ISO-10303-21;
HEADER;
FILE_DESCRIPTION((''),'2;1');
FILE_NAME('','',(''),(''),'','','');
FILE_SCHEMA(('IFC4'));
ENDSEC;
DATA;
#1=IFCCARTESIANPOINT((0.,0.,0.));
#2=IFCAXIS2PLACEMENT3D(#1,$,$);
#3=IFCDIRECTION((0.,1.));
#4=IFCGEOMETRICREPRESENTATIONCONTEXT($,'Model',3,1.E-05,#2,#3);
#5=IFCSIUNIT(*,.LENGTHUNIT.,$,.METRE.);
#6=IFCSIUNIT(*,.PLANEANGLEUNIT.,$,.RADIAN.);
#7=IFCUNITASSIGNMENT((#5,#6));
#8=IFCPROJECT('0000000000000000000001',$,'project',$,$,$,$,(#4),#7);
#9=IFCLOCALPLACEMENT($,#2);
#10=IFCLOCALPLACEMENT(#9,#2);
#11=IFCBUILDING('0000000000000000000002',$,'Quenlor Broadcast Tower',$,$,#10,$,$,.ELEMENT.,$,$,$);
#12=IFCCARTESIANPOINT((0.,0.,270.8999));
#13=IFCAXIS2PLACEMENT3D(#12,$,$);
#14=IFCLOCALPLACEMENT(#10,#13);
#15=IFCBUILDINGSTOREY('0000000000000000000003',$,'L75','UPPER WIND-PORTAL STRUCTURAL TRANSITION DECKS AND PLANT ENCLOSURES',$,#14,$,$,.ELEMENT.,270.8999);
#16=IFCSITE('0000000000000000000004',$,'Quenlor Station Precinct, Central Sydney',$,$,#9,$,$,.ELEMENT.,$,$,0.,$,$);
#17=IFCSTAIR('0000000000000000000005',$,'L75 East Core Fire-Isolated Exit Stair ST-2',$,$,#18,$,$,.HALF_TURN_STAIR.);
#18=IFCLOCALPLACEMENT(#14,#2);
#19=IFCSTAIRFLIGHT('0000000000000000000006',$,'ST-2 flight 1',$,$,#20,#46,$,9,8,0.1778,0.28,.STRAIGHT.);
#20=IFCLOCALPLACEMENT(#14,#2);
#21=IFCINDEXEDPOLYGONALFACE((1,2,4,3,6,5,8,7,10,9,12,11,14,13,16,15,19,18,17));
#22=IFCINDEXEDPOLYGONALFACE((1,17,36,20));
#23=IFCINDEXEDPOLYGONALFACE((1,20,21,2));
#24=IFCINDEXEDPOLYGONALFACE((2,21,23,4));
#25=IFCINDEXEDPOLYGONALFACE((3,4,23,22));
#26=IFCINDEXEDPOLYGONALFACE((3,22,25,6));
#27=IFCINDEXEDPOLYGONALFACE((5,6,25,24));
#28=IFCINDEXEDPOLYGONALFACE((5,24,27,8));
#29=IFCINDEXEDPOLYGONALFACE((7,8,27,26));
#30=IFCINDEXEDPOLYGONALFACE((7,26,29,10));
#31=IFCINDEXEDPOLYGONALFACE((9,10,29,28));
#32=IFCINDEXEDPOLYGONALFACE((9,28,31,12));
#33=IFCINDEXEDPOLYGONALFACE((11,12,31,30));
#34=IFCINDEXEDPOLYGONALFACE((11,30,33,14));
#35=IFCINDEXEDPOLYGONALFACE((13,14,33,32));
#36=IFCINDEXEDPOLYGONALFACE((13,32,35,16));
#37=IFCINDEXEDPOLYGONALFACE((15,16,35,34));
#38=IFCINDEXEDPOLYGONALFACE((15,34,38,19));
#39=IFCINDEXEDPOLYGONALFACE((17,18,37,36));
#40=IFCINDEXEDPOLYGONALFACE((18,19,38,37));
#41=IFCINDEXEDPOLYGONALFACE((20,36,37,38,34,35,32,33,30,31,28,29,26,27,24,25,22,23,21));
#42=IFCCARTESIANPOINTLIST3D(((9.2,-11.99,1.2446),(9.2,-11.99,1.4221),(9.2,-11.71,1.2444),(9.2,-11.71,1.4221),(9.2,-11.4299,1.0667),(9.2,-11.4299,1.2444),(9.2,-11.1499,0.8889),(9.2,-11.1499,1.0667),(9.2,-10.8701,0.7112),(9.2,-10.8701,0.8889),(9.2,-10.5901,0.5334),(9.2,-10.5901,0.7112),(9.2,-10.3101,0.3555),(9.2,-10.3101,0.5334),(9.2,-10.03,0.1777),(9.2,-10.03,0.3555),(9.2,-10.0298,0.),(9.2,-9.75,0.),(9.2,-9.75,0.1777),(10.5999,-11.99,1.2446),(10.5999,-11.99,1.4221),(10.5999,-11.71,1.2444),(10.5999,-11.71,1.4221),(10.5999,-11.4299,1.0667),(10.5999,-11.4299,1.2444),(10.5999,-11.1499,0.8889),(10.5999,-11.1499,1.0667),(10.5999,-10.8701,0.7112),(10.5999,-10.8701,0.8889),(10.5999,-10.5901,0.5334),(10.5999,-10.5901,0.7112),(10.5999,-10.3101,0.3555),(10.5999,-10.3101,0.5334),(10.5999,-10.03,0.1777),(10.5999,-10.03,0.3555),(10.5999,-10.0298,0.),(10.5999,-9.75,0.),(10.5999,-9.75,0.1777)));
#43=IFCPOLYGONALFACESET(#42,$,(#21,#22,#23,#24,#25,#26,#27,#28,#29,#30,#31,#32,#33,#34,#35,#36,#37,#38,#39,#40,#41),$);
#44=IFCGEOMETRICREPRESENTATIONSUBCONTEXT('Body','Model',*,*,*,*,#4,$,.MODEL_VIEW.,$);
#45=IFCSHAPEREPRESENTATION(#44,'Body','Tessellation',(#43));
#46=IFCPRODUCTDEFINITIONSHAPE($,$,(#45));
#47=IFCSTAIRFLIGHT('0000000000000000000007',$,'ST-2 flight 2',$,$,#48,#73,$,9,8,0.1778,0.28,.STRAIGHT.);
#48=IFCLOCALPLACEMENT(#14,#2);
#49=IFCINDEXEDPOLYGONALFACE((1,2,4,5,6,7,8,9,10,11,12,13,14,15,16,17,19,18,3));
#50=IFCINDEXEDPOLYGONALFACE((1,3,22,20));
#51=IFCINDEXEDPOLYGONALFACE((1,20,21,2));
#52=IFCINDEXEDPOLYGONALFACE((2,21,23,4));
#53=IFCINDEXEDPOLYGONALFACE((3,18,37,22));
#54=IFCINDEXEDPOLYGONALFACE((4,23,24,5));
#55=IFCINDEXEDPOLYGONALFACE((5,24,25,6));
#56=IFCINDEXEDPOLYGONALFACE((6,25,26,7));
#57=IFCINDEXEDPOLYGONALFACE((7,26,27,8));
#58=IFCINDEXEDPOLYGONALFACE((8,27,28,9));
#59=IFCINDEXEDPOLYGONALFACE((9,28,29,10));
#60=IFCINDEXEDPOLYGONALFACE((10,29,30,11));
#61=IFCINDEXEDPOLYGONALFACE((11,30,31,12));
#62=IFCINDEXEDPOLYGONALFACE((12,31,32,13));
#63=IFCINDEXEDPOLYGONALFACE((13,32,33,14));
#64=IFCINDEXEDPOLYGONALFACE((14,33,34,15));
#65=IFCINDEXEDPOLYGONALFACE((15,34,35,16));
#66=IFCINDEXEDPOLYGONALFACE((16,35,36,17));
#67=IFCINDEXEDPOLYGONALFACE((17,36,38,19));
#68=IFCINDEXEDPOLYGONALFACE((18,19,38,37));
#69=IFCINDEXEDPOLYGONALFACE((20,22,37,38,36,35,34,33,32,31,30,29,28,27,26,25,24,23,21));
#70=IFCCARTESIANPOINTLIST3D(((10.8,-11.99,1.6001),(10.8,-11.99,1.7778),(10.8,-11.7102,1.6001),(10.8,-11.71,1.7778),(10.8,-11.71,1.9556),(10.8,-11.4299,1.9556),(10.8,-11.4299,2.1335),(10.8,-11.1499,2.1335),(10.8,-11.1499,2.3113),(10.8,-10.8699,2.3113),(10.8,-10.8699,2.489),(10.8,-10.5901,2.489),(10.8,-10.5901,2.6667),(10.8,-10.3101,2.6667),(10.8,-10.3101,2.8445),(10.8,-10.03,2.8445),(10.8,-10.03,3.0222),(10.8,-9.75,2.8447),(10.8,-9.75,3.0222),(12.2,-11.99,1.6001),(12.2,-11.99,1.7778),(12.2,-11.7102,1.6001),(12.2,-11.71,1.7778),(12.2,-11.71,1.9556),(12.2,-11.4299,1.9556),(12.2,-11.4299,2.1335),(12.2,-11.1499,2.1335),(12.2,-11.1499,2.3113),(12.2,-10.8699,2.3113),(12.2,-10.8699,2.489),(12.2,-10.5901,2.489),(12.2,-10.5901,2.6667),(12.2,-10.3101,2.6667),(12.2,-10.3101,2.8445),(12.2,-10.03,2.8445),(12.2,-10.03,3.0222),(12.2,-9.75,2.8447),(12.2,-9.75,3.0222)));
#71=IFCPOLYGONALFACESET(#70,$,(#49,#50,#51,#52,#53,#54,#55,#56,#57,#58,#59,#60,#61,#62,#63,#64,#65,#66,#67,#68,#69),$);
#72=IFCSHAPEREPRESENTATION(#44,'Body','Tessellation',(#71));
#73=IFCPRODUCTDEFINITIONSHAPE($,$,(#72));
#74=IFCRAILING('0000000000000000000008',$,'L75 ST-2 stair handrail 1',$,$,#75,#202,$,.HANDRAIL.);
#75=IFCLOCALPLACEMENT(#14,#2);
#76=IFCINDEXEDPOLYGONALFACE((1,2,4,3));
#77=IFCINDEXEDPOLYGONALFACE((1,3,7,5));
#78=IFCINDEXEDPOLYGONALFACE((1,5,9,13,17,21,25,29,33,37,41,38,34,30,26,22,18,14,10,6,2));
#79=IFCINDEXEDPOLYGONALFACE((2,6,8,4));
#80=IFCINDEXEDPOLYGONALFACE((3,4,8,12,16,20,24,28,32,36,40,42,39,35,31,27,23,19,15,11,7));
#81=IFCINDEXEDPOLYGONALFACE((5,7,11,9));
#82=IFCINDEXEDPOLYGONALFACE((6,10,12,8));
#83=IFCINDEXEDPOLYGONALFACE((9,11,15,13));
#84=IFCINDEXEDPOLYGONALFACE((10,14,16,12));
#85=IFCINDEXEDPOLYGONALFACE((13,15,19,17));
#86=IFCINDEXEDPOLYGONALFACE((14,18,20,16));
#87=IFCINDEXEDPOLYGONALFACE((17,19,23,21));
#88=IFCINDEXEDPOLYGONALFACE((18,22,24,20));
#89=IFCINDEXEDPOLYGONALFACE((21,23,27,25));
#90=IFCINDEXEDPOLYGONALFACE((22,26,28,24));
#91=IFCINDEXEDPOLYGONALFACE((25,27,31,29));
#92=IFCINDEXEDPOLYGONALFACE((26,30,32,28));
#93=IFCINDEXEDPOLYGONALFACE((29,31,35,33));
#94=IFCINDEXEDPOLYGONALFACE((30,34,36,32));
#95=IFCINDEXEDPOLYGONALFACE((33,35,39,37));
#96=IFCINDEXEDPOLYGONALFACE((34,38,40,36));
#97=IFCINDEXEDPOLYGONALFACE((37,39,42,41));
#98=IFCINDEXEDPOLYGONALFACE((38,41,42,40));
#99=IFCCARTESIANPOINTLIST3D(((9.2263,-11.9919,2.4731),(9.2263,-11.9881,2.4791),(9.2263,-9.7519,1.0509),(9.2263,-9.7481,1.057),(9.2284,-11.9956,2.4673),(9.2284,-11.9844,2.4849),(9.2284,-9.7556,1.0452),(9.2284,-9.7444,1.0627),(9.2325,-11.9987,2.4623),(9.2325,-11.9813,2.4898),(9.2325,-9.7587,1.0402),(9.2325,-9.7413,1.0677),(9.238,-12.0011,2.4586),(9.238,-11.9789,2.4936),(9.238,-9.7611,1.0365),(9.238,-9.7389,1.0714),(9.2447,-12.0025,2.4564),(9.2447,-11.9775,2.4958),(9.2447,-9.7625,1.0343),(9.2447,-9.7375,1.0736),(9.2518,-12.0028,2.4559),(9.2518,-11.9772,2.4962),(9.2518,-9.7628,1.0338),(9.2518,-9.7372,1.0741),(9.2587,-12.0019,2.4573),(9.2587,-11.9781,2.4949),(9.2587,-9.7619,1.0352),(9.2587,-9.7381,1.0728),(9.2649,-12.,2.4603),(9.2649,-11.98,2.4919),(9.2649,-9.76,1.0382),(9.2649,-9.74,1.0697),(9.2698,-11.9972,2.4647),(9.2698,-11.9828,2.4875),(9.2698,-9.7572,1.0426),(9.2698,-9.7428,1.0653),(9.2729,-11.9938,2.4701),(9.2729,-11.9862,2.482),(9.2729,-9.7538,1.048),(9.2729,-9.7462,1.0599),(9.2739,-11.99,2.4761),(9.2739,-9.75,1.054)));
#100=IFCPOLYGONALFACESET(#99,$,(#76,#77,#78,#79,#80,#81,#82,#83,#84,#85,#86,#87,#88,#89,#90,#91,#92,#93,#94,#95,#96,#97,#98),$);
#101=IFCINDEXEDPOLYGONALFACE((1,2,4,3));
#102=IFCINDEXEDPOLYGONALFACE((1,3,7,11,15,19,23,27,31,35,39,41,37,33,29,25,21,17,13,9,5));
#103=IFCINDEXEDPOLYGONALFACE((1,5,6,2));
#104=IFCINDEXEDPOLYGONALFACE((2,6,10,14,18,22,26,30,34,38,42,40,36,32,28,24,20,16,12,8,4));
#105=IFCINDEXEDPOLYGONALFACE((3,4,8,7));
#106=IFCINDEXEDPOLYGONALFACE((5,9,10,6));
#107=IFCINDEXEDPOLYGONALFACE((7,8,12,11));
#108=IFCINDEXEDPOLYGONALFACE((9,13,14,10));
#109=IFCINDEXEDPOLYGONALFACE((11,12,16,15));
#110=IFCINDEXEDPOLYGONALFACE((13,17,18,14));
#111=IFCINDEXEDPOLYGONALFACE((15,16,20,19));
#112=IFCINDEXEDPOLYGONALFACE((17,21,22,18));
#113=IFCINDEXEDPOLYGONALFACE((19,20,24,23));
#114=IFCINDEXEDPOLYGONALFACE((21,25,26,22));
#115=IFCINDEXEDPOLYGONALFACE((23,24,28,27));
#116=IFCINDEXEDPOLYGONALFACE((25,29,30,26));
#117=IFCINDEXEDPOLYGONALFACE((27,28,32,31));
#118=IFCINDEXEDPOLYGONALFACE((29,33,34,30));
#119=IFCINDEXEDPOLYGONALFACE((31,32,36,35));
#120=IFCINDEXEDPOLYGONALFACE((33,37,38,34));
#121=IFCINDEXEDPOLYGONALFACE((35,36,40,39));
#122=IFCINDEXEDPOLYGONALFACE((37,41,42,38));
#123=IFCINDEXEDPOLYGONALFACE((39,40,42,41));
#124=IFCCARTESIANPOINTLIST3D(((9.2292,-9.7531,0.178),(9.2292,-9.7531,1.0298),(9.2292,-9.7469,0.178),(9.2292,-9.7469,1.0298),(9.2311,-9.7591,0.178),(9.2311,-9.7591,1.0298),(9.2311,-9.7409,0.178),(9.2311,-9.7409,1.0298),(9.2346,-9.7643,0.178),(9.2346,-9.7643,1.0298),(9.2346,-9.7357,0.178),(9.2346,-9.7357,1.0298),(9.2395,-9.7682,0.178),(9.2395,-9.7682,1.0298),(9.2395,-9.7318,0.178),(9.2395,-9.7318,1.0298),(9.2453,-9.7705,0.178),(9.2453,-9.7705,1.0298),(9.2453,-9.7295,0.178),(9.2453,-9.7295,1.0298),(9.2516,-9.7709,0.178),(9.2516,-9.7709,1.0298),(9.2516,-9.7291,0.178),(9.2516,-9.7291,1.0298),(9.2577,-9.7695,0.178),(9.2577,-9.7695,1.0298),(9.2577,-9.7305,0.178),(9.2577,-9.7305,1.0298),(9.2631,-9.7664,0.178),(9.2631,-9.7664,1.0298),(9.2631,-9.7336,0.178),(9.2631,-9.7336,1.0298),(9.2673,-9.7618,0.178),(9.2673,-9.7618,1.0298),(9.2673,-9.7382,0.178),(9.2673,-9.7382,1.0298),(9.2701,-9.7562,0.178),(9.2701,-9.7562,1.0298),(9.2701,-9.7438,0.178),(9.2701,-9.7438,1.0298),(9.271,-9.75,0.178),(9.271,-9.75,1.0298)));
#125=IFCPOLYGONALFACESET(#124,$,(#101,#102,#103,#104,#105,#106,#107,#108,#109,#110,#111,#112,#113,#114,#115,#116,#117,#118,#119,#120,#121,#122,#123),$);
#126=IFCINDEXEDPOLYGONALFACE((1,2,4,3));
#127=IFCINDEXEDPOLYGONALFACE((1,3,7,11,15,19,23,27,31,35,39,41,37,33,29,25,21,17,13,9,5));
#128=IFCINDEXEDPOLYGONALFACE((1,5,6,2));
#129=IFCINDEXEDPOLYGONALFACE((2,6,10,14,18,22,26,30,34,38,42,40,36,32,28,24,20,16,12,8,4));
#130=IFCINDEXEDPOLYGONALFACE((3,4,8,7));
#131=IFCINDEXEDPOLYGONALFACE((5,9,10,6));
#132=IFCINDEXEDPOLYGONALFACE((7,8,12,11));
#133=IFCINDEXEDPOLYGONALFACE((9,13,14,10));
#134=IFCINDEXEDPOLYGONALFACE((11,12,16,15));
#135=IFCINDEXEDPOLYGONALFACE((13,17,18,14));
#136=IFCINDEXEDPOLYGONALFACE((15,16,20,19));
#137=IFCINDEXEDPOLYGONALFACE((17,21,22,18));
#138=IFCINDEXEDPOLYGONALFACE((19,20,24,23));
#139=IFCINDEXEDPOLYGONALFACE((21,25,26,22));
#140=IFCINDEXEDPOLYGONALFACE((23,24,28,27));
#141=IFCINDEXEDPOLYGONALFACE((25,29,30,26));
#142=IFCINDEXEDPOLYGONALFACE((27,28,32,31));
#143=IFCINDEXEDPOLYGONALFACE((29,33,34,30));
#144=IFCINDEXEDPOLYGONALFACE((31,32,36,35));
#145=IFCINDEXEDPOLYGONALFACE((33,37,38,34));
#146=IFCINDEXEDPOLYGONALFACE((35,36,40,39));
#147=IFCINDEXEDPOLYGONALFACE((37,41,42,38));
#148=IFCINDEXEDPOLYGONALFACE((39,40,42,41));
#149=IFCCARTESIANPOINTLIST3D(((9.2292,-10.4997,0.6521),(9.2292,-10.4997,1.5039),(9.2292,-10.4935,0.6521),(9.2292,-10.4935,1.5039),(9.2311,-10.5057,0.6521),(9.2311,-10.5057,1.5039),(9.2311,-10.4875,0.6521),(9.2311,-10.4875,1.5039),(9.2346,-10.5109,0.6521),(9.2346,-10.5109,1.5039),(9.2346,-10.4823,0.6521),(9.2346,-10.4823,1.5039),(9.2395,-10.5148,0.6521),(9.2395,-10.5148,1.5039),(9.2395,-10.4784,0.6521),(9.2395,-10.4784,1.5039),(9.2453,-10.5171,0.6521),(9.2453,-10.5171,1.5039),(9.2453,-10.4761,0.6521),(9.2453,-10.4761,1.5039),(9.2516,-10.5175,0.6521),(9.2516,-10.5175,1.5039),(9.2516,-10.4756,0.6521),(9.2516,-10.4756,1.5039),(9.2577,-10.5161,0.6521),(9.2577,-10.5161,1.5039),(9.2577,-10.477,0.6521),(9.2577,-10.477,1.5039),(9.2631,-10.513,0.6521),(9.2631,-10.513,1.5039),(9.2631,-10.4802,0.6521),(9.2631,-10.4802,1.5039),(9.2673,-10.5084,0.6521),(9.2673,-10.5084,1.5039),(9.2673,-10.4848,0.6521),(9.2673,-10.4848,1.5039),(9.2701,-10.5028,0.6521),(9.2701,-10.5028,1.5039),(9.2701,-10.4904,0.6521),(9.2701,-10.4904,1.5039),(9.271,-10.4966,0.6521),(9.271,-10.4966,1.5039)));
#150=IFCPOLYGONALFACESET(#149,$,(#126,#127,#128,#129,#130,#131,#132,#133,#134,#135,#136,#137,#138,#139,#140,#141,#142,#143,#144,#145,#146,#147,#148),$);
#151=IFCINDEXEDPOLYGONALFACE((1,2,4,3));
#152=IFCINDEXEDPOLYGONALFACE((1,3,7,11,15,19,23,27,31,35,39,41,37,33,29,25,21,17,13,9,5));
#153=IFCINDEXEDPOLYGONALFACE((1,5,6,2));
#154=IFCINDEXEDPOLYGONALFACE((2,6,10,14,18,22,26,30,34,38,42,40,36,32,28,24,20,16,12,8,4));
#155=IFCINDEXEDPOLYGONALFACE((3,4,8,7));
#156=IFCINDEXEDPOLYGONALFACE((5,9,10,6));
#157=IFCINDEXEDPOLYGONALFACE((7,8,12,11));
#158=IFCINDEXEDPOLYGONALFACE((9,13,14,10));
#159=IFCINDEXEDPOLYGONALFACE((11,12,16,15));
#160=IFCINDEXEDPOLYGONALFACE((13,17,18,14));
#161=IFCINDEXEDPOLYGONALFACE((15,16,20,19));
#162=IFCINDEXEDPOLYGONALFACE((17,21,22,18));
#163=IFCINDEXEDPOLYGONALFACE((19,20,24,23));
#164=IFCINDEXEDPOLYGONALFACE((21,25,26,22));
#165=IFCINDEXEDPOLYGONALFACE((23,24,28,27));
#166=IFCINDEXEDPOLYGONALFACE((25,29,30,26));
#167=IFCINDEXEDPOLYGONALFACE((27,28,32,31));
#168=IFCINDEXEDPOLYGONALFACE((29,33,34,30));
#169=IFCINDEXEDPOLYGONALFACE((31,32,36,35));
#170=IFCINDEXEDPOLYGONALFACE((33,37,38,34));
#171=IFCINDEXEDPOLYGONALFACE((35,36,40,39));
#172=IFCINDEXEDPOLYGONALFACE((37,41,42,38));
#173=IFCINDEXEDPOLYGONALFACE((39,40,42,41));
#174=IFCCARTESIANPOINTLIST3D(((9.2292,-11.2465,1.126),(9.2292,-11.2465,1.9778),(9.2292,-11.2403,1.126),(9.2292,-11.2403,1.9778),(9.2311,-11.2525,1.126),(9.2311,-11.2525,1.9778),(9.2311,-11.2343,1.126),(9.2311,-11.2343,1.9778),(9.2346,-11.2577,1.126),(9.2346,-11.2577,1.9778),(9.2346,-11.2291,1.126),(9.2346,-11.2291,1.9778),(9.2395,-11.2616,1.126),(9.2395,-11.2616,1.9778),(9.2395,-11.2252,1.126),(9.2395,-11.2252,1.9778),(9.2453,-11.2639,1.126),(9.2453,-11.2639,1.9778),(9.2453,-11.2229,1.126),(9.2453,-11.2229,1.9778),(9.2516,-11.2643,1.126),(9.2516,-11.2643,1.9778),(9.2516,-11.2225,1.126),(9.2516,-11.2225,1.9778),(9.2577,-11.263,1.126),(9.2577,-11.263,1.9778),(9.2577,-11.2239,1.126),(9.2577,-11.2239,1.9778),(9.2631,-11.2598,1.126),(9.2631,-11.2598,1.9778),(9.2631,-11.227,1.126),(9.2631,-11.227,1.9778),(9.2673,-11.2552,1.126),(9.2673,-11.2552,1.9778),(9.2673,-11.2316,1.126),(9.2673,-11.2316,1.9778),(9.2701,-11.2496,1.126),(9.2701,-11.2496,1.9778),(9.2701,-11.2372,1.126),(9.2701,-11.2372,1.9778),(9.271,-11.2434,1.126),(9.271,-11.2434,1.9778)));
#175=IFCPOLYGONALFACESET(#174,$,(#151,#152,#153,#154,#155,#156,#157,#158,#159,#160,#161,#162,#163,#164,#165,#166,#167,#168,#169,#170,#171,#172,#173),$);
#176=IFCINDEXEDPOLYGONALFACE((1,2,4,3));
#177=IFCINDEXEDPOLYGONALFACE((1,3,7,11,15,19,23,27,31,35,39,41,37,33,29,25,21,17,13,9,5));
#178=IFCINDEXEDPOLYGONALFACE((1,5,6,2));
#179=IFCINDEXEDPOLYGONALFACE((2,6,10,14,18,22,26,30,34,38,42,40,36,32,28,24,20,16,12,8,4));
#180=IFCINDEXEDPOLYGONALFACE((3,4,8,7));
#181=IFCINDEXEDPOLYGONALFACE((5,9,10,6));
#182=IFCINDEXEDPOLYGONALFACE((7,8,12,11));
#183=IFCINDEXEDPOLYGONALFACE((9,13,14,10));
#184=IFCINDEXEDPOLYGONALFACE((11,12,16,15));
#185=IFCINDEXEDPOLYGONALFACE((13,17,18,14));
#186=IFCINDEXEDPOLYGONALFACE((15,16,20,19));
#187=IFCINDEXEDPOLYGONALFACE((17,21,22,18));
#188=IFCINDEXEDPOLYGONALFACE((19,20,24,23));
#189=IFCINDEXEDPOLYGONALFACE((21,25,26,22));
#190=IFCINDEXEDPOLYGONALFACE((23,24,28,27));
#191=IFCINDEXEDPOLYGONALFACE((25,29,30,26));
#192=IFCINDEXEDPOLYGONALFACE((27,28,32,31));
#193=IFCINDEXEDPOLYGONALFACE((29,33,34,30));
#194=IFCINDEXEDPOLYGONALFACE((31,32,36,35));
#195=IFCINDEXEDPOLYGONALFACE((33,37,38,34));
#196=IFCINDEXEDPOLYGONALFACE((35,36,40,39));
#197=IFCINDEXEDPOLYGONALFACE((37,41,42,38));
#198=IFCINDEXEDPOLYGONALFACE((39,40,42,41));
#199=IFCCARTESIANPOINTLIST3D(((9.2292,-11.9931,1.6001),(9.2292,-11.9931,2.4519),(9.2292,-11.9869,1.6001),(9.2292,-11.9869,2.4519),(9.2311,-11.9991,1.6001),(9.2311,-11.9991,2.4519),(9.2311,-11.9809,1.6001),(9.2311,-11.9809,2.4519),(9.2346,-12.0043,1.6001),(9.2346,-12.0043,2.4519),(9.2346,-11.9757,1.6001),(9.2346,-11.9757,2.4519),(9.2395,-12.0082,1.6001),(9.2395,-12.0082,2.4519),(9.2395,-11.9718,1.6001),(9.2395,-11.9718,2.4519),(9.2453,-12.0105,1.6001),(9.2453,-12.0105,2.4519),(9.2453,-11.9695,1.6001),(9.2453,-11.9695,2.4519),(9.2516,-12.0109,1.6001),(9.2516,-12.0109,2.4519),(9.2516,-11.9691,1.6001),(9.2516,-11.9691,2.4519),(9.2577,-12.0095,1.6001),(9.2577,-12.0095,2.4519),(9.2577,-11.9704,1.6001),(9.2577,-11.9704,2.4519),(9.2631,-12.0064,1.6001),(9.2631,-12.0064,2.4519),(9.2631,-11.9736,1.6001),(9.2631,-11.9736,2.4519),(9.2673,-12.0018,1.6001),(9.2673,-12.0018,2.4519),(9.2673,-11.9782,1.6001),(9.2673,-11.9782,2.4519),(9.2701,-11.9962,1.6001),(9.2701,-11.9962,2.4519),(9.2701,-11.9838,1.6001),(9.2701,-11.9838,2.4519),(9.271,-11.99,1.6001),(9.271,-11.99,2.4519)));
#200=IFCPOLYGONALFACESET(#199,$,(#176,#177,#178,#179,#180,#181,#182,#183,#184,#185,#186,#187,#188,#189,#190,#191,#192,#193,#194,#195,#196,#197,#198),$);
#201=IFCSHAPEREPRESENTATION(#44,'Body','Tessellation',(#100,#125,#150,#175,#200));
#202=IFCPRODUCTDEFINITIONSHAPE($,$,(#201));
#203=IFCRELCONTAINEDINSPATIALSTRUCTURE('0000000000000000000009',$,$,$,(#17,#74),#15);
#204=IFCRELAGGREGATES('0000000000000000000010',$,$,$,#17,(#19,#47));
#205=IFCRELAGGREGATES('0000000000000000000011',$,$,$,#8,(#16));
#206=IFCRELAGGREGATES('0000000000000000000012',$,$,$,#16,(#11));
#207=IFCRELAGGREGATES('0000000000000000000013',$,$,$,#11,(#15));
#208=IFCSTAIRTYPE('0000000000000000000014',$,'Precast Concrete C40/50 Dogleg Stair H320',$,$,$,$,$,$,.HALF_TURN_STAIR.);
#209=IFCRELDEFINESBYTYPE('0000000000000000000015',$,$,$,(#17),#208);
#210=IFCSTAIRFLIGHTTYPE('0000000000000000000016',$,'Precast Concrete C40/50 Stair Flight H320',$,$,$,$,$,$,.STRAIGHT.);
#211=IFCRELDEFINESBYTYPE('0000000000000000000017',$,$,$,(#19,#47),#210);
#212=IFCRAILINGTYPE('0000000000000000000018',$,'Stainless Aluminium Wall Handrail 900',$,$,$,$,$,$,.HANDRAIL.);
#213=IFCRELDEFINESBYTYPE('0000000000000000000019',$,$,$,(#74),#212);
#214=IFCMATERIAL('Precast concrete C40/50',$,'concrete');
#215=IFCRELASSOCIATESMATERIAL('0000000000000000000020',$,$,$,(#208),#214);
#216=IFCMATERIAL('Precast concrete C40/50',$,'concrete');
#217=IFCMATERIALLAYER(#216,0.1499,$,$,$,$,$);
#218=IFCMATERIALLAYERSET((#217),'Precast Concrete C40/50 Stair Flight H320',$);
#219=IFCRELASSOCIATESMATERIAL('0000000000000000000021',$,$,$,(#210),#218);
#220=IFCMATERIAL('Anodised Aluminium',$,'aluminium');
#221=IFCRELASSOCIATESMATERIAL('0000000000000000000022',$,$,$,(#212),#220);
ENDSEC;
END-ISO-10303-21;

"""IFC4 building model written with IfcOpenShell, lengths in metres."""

from ifc_helpers import new_model, si_unit, direction, frame, origin, origin_2d, place, context, subcontext, project, spatial, polyline, circle, outline, extrude, material, layer, layer_set, type_object, element, aggregate, save


model = new_model("IFC4")

# Units and contexts
model_context = context("Model", 3, precision=1e-05, world=origin(), true_north=direction((0.0, 1.0)))
body_context = subcontext(model_context, "Body", "Model", "MODEL_VIEW")
ifc_project = project(units=[si_unit("LENGTHUNIT", "METRE"), si_unit("PLANEANGLEUNIT", "RADIAN")], contexts=[model_context])

# Site, building, storey
site_placement = place(None, origin())
site = spatial("IfcSite", under=ifc_project, at=site_placement, Name="Quenlor Station Precinct, Central Sydney", CompositionType="ELEMENT", RefElevation=0.0)
building_placement = place(site_placement, origin())
building = spatial("IfcBuilding", under=site, at=building_placement, Name="Quenlor Broadcast Tower", CompositionType="ELEMENT")
storey_placement = place(building_placement, frame((0.0, 0.0, 270.8999)))
storey = spatial("IfcBuildingStorey", under=building, at=storey_placement, Name="L75", Description="UPPER WIND-PORTAL STRUCTURAL TRANSITION DECKS AND PLANT ENCLOSURES", CompositionType="ELEMENT", Elevation=270.8999)

# Stair, stair flights
ifc_material_1 = material(Name="Precast concrete C40/50", Category="concrete")
stair_type = type_object("IfcStairType", Name="Precast Concrete C40/50 Dogleg Stair H320", PredefinedType="HALF_TURN_STAIR", material=ifc_material_1)
stair_placement = place(storey_placement, origin())
stair = element("IfcStair", 1, at=stair_placement, inside=storey, type_object=stair_type, Name="L75 East Core Fire-Isolated Exit Stair ST-2", PredefinedType="HALF_TURN_STAIR")
ifc_material_2 = material(Name="Precast concrete C40/50", Category="concrete")
ifc_layer_1 = layer(ifc_material_2, 0.1499)
ifc_layer_set_1 = layer_set([ifc_layer_1], Name="Precast Concrete C40/50 Stair Flight H320")
stair_flight_type = type_object("IfcStairFlightType", Name="Precast Concrete C40/50 Stair Flight H320", PredefinedType="STRAIGHT", material=ifc_layer_set_1)
stair_flight_1_placement = place(storey_placement, frame((9.8999, -9.75, 0.0), z_axis=(0.0, 0.0, 1.0), x_axis=(0.0, -1.0, 0.0)))
stair_flight_1 = element("IfcStairFlight", 2, at=stair_flight_1_placement, type_object=stair_flight_type, Name="ST-2 flight 1", NumberOfRisers=9, NumberOfTreads=8, PredefinedType="STRAIGHT", RiserHeight=0.1778, TreadLength=0.28, context=body_context, shape_type="SweptSolid", body=[
    extrude(outline(polyline([(0.0, 0.0), (0.0, 0.1777), (0.28, 0.1777), (0.28, 0.3555), (0.5601, 0.3555), (0.5601, 0.5334), (0.8401, 0.5334), (0.8401, 0.7112), (1.1201, 0.7112), (1.1201, 0.8889), (1.3999, 0.8889), (1.3999, 1.0667), (1.6799, 1.0667), (1.6799, 1.2444), (1.96, 1.2444), (1.96, 1.4221), (2.24, 1.4221), (2.24, 1.6001), (2.24, 1.2446), (0.2798, 0.0), (0.0, 0.0)])), frame((0.0, 0.7, 0.0), z_axis=(0.0, -1.0, 0.0), x_axis=(1.0, 0.0, 0.0)), (0.0, 0.0, 1.0), 1.3999),
])
stair_flight_2_placement = place(storey_placement, frame((11.5, -11.99, 1.6001), z_axis=(0.0, 0.0, 1.0), x_axis=(0.0, 1.0, 0.0)))
stair_flight_2 = element("IfcStairFlight", 3, at=stair_flight_2_placement, type_object=stair_flight_type, Name="ST-2 flight 2", NumberOfRisers=9, NumberOfTreads=8, PredefinedType="STRAIGHT", RiserHeight=0.1778, TreadLength=0.28, context=body_context, shape_type="SweptSolid", body=[
    extrude(outline(polyline([(0.0, 0.0), (0.0, 0.1777), (0.28, 0.1777), (0.28, 0.3555), (0.5601, 0.3555), (0.5601, 0.5334), (0.8401, 0.5334), (0.8401, 0.7112), (1.1201, 0.7112), (1.1201, 0.8889), (1.3999, 0.8889), (1.3999, 1.0667), (1.6799, 1.0667), (1.6799, 1.2444), (1.96, 1.2444), (1.96, 1.4221), (2.24, 1.4221), (2.24, 1.6001), (2.24, 1.2446), (0.2798, 0.0), (0.0, 0.0)])), frame((0.0, 0.7, 0.0), z_axis=(0.0, -1.0, 0.0), x_axis=(1.0, 0.0, 0.0)), (0.0, 0.0, 1.0), 1.3999),
])
aggregate(stair, [stair_flight_1, stair_flight_2])

# Railing
ifc_material_3 = material(Name="Anodised Aluminium", Category="aluminium")
railing_type_1 = type_object("IfcRailingType", Name="Stainless Aluminium Wall Handrail 900", PredefinedType="HANDRAIL", material=ifc_material_3)
railing_1_placement = place(storey_placement, frame((9.25, -9.75, 0.178)))
element("IfcRailing", 4, at=railing_1_placement, inside=storey, type_object=railing_type_1, Name="L75 ST-2 stair handrail 1", PredefinedType="HANDRAIL", context=body_context, shape_type="SweptSolid", body=[
    extrude(circle(Radius=0.0239, at=origin_2d()), frame((0.0, 0.0, 0.876), z_axis=(0.0, -0.844229, 0.535982), x_axis=(1.0, 0.0, 0.0)), (0.0, 0.0, 1.0), 2.6533),
    extrude(circle(Radius=0.021, at=origin_2d()), origin(), (0.0, 0.0, 1.0), 0.8518),
    extrude(circle(Radius=0.021, at=origin_2d()), frame((0.0, -0.7466, 0.4741)), (0.0, 0.0, 1.0), 0.8518),
    extrude(circle(Radius=0.021, at=origin_2d()), frame((0.0, -1.4934, 0.948)), (0.0, 0.0, 1.0), 0.8518),
    extrude(circle(Radius=0.021, at=origin_2d()), frame((0.0, -2.24, 1.4221)), (0.0, 0.0, 1.0), 0.8518),
])

save(model, "model.ifc")
